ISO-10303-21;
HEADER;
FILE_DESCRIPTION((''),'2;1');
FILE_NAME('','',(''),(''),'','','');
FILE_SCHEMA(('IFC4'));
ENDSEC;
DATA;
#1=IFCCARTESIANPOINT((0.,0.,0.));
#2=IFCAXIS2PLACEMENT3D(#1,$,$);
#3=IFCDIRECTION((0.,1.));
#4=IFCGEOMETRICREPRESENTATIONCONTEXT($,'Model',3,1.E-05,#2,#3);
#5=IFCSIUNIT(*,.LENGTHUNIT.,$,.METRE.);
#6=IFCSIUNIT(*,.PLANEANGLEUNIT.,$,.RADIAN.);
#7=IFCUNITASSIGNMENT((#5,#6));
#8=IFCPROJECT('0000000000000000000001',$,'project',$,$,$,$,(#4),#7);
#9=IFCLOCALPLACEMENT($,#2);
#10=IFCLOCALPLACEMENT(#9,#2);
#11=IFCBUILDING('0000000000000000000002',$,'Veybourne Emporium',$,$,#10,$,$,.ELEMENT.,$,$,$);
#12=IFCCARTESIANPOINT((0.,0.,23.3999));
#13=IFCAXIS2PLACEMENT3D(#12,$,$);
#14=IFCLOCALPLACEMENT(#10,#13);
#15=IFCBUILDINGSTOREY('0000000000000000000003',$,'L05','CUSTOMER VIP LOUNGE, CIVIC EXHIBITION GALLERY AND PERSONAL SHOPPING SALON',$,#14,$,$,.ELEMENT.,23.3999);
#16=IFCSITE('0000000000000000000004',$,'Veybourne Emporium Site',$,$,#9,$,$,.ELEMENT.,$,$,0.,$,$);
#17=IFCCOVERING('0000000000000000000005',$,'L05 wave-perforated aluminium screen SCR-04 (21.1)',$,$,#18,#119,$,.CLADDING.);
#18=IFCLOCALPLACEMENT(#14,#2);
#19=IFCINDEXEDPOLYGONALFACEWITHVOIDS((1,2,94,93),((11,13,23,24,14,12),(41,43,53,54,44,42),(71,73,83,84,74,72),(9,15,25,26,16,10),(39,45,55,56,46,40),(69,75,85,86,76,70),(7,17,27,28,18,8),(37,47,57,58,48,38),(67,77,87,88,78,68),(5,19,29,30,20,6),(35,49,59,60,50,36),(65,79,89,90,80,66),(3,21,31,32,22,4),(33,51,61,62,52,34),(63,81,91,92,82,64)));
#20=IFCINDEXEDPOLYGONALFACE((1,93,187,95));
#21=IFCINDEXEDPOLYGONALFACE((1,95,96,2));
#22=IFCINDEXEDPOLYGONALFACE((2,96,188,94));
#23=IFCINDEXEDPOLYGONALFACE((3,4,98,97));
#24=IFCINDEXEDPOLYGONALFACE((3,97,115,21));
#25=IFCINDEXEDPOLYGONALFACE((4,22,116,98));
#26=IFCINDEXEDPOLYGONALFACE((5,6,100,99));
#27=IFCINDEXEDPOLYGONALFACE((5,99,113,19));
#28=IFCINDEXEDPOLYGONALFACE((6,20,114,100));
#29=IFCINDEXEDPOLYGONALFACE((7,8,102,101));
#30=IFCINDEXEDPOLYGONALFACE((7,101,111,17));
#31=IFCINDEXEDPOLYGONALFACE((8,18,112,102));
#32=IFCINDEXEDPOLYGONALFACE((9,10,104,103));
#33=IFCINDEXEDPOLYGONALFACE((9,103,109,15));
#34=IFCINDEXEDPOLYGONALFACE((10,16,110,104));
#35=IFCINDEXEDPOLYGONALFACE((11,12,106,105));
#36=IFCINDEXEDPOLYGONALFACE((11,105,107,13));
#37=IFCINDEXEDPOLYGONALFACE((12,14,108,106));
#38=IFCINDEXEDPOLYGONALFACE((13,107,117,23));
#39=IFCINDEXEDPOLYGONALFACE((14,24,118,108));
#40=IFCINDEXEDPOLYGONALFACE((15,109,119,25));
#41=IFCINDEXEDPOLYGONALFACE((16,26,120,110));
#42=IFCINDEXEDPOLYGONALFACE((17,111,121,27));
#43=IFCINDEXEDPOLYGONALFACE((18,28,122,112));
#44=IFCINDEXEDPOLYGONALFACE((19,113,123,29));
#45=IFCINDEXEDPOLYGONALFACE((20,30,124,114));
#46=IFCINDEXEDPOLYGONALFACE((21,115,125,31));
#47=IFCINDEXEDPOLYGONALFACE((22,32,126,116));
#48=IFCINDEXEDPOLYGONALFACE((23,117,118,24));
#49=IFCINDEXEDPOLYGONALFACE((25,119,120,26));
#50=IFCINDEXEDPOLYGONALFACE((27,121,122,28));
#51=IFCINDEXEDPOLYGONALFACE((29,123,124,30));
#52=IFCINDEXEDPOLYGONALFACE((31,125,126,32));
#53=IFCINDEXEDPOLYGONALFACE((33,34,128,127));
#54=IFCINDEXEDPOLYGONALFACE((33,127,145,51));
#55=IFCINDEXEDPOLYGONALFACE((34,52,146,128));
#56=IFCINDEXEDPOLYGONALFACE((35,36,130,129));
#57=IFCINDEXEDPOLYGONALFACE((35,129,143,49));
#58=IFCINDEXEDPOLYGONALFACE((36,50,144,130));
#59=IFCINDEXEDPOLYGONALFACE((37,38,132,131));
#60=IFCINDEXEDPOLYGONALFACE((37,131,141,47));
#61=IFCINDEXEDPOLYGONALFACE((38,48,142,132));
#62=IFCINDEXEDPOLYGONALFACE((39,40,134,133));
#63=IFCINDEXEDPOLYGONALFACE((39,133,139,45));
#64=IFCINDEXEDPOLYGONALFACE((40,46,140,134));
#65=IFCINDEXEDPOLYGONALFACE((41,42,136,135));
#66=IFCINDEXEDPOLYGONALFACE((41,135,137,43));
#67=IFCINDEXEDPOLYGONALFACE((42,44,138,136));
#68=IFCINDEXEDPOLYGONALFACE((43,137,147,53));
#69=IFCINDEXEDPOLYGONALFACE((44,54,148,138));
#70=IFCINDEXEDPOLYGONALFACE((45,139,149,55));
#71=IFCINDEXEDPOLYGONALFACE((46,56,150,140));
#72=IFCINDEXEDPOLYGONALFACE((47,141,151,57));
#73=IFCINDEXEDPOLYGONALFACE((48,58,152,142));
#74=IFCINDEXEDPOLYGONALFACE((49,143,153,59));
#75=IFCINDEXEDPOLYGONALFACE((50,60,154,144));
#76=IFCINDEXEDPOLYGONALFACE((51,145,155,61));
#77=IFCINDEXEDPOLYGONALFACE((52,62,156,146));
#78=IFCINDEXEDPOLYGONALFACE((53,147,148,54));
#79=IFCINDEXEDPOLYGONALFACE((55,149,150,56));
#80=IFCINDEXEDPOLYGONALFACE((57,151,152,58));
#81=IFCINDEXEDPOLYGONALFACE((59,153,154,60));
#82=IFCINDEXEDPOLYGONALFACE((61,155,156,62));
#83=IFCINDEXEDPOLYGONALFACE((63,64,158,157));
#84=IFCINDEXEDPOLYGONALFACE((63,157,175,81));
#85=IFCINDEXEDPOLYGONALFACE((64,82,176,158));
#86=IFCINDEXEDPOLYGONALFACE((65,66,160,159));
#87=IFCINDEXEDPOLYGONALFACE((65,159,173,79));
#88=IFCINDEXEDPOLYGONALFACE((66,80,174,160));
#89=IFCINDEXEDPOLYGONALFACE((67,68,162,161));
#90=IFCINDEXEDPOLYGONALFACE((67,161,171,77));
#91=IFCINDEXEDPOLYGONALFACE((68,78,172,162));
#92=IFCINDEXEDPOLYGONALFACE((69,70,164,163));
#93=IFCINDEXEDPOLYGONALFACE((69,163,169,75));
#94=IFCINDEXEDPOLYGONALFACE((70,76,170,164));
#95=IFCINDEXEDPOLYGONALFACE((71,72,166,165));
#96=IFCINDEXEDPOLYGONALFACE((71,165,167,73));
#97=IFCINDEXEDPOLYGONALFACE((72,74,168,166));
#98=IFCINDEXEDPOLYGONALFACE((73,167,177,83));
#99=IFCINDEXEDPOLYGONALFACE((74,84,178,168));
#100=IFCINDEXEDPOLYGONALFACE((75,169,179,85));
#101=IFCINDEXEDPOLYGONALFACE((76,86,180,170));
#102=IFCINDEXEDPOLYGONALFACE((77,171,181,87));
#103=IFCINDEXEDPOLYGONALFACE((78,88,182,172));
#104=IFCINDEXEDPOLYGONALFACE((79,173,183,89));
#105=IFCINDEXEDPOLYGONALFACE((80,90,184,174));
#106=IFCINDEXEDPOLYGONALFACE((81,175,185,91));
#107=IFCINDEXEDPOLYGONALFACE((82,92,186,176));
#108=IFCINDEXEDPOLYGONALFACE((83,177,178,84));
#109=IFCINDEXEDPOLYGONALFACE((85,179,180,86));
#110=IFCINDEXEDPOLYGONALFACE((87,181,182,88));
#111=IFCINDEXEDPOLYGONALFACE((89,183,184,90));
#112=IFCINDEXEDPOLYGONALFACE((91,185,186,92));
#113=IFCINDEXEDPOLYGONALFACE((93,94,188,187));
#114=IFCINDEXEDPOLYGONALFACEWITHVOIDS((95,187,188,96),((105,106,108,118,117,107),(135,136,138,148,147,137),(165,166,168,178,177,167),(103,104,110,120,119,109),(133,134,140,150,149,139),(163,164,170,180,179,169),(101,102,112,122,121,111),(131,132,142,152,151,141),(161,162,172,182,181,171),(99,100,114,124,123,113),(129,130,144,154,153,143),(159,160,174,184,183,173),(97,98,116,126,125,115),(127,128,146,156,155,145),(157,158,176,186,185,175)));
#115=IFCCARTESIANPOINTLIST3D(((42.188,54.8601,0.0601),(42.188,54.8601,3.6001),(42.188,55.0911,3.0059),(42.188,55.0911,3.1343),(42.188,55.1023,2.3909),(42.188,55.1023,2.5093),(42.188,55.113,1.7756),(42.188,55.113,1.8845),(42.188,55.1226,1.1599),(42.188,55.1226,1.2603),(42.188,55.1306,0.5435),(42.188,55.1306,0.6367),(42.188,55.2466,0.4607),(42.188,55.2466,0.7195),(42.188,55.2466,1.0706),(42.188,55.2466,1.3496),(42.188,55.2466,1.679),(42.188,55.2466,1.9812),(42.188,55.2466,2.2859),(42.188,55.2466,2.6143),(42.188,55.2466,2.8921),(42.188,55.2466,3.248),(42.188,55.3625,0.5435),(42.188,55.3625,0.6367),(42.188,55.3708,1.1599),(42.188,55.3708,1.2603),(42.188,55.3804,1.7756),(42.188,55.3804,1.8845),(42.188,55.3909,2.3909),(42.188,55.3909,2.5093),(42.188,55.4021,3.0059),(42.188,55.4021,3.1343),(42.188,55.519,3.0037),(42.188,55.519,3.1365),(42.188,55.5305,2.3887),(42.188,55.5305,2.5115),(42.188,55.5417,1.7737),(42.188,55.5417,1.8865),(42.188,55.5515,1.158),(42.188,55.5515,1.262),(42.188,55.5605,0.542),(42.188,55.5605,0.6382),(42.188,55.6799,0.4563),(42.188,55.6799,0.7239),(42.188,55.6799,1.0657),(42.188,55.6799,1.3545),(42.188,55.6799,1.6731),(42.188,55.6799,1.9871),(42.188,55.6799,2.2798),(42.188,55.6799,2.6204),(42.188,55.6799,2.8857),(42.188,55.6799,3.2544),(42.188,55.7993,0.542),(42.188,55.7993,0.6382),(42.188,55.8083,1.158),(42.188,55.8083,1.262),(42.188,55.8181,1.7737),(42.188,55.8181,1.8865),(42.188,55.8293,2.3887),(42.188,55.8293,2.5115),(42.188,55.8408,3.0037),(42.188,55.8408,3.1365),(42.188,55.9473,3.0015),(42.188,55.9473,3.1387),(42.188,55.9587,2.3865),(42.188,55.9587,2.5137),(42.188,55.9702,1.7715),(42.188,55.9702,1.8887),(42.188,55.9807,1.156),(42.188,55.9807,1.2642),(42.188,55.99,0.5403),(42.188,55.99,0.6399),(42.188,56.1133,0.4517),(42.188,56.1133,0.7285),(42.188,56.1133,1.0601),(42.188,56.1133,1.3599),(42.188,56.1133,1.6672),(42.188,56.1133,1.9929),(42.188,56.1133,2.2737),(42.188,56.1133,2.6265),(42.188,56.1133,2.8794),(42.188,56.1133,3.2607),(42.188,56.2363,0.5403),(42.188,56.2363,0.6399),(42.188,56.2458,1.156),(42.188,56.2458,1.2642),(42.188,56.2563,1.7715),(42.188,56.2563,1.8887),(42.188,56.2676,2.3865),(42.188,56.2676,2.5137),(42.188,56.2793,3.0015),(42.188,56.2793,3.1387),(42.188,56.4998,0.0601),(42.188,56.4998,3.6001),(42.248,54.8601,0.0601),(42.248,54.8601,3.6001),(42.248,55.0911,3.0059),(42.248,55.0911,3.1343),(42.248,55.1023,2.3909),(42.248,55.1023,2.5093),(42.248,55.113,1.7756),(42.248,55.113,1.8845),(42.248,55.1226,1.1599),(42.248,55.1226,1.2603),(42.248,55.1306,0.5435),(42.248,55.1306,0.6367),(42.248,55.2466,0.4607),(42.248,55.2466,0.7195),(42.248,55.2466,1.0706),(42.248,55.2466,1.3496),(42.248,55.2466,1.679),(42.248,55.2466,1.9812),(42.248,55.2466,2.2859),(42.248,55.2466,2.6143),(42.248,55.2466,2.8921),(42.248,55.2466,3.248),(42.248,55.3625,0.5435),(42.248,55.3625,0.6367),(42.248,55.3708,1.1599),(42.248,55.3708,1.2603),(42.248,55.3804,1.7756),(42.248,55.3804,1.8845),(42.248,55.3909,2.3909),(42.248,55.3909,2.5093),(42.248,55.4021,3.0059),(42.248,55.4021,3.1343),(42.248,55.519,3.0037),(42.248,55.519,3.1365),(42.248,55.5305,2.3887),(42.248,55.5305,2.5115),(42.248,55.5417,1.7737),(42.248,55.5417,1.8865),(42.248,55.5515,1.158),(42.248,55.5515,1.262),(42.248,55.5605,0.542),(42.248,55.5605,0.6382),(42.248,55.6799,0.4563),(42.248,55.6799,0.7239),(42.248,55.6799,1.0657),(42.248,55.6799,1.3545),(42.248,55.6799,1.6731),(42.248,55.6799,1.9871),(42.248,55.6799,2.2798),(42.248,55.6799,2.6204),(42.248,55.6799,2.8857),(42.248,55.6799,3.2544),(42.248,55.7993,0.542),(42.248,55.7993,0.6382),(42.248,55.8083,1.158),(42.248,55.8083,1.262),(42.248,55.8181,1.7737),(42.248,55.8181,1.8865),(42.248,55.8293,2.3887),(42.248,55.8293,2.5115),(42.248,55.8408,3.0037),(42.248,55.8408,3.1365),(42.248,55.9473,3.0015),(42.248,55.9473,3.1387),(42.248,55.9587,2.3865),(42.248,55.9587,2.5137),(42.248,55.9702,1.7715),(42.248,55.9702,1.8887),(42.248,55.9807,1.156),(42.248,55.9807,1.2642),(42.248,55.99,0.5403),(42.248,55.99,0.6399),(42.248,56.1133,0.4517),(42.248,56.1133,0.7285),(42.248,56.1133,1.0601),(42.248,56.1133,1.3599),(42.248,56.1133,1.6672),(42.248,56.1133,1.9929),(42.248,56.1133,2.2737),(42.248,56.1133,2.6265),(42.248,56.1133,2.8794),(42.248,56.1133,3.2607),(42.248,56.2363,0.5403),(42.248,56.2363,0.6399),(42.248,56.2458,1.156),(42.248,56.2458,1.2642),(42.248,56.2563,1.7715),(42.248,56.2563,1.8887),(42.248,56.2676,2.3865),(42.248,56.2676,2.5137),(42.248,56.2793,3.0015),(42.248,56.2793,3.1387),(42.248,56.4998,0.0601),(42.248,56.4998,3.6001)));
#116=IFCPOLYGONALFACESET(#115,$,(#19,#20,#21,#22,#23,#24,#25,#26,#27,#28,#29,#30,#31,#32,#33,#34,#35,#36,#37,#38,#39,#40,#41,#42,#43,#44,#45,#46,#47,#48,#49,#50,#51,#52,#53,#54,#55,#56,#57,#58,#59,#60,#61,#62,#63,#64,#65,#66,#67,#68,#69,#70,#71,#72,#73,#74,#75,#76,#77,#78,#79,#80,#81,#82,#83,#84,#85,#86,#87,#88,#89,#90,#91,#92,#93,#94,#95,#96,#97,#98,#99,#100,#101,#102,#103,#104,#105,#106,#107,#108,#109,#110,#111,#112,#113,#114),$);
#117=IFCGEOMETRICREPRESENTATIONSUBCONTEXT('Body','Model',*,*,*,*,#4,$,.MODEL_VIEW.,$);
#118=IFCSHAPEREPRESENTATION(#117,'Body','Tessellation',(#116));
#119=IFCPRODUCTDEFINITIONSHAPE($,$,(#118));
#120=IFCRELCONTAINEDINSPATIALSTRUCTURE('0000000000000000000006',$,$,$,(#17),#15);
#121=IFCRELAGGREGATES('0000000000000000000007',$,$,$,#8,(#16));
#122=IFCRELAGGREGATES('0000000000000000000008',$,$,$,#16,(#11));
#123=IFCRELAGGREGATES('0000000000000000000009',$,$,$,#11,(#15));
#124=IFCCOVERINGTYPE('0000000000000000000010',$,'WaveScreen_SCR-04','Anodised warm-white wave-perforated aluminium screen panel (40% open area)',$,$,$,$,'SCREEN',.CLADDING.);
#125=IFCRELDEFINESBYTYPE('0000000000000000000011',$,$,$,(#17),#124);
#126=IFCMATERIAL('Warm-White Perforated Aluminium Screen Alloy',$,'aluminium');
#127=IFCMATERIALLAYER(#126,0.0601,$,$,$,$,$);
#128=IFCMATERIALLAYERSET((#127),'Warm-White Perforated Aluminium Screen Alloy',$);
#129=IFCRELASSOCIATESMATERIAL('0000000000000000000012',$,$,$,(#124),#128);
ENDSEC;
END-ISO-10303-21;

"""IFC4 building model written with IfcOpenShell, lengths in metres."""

from ifc_helpers import new_model, si_unit, direction, frame, origin, place, context, subcontext, project, spatial, polyline, outline, extrude, material, layer, layer_set, type_object, element, save


model = new_model("IFC4")

# Units and contexts
model_context = context("Model", 3, precision=1e-05, world=origin(), true_north=direction((0.0, 1.0)))
body_context = subcontext(model_context, "Body", "Model", "MODEL_VIEW")
ifc_project = project(units=[si_unit("LENGTHUNIT", "METRE"), si_unit("PLANEANGLEUNIT", "RADIAN")], contexts=[model_context])

# Site, building, storey
site_placement = place(None, origin())
site = spatial("IfcSite", under=ifc_project, at=site_placement, Name="Veybourne Emporium Site", CompositionType="ELEMENT", RefElevation=0.0)
building_placement = place(site_placement, origin())
building = spatial("IfcBuilding", under=site, at=building_placement, Name="Veybourne Emporium", CompositionType="ELEMENT")
storey_placement = place(building_placement, frame((0.0, 0.0, 23.3999)))
storey = spatial("IfcBuildingStorey", under=building, at=storey_placement, Name="L05", Description="CUSTOMER VIP LOUNGE, CIVIC EXHIBITION GALLERY AND PERSONAL SHOPPING SALON", CompositionType="ELEMENT", Elevation=23.3999)

# Covering
ifc_material_1 = material(Name="Warm-White Perforated Aluminium Screen Alloy", Category="aluminium")
ifc_layer_1 = layer(ifc_material_1, 0.0601)
ifc_layer_set_1 = layer_set([ifc_layer_1], Name="Warm-White Perforated Aluminium Screen Alloy")
covering_type_1 = type_object("IfcCoveringType", Name="WaveScreen_SCR-04", Description="Anodised warm-white wave-perforated aluminium screen panel (40% open area)", ElementType="SCREEN", PredefinedType="CLADDING", material=ifc_layer_set_1)
covering_1_placement = place(storey_placement, frame((42.248, 55.6799, 1.8301), z_axis=(-1.0, 0.0, 0.0), x_axis=(0.0, -1.0, 0.0)))
element("IfcCovering", 1, at=covering_1_placement, inside=storey, type_object=covering_type_1, Name="L05 wave-perforated aluminium screen SCR-04 (21.1)", PredefinedType="CLADDING", context=body_context, shape_type="SweptSolid", body=[
    extrude(outline(polyline([(-0.8198, -1.77), (0.8198, -1.77), (0.8198, 1.77), (-0.8198, 1.77), (-0.8198, -1.77)]), holes=[polyline([(-0.4333, -1.1016), (-0.3101, -1.1902), (-0.3101, -1.2898), (-0.4333, -1.3784), (-0.5564, -1.2898), (-0.5564, -1.1902), (-0.4333, -1.1016)]), polyline([(-0.4333, -0.4702), (-0.3008, -0.5659), (-0.3008, -0.6741), (-0.4333, -0.77), (-0.5659, -0.6741), (-0.5659, -0.5659), (-0.4333, -0.4702)]), polyline([(-0.4333, 0.1628), (-0.2903, 0.0586), (-0.2903, -0.0586), (-0.4333, -0.1628), (-0.5764, -0.0586), (-0.5764, 0.0586), (-0.4333, 0.1628)]), polyline([(-0.4333, 0.7964), (-0.2788, 0.6836), (-0.2788, 0.5564), (-0.4333, 0.4436), (-0.5876, 0.5564), (-0.5876, 0.6836), (-0.4333, 0.7964)]), polyline([(-0.4333, 1.4307), (-0.2673, 1.3086), (-0.2673, 1.1714), (-0.4333, 1.0493), (-0.5994, 1.1714), (-0.5994, 1.3086), (-0.4333, 1.4307)]), polyline([(0.0, -1.1062), (0.1194, -1.1919), (0.1194, -1.2881), (0.0, -1.3738), (-0.1194, -1.2881), (-0.1194, -1.1919), (0.0, -1.1062)]), polyline([(0.0, -0.4756), (0.1284, -0.5681), (0.1284, -0.6721), (0.0, -0.7644), (-0.1284, -0.6721), (-0.1284, -0.5681), (0.0, -0.4756)]), polyline([(0.0, 0.157), (0.1382, 0.0564), (0.1382, -0.0564), (0.0, -0.157), (-0.1382, -0.0564), (-0.1382, 0.0564), (0.0, 0.157)]), polyline([(0.0, 0.7903), (0.1494, 0.6814), (0.1494, 0.5586), (0.0, 0.4497), (-0.1494, 0.5586), (-0.1494, 0.6814), (0.0, 0.7903)]), polyline([(0.0, 1.4243), (0.1609, 1.3064), (0.1609, 1.1736), (0.0, 1.0557), (-0.1609, 1.1736), (-0.1609, 1.3064), (0.0, 1.4243)]), polyline([(0.4333, -1.1106), (0.5493, -1.1934), (0.5493, -1.2866), (0.4333, -1.3694), (0.3174, -1.2866), (0.3174, -1.1934), (0.4333, -1.1106)]), polyline([(0.4333, -0.4805), (0.5574, -0.5698), (0.5574, -0.6702), (0.4333, -0.7595), (0.3091, -0.6702), (0.3091, -0.5698), (0.4333, -0.4805)]), polyline([(0.4333, 0.1511), (0.5669, 0.0544), (0.5669, -0.0544), (0.4333, -0.1511), (0.2996, -0.0544), (0.2996, 0.0544), (0.4333, 0.1511)]), polyline([(0.4333, 0.7842), (0.5776, 0.6792), (0.5776, 0.5608), (0.4333, 0.4558), (0.2891, 0.5608), (0.2891, 0.6792), (0.4333, 0.7842)]), polyline([(0.4333, 1.418), (0.5889, 1.3042), (0.5889, 1.1758), (0.4333, 1.062), (0.2778, 1.1758), (0.2778, 1.3042), (0.4333, 1.418)])]), origin(), (0.0, 0.0, 1.0), 0.0601),
])

save(model, "model.ifc")
